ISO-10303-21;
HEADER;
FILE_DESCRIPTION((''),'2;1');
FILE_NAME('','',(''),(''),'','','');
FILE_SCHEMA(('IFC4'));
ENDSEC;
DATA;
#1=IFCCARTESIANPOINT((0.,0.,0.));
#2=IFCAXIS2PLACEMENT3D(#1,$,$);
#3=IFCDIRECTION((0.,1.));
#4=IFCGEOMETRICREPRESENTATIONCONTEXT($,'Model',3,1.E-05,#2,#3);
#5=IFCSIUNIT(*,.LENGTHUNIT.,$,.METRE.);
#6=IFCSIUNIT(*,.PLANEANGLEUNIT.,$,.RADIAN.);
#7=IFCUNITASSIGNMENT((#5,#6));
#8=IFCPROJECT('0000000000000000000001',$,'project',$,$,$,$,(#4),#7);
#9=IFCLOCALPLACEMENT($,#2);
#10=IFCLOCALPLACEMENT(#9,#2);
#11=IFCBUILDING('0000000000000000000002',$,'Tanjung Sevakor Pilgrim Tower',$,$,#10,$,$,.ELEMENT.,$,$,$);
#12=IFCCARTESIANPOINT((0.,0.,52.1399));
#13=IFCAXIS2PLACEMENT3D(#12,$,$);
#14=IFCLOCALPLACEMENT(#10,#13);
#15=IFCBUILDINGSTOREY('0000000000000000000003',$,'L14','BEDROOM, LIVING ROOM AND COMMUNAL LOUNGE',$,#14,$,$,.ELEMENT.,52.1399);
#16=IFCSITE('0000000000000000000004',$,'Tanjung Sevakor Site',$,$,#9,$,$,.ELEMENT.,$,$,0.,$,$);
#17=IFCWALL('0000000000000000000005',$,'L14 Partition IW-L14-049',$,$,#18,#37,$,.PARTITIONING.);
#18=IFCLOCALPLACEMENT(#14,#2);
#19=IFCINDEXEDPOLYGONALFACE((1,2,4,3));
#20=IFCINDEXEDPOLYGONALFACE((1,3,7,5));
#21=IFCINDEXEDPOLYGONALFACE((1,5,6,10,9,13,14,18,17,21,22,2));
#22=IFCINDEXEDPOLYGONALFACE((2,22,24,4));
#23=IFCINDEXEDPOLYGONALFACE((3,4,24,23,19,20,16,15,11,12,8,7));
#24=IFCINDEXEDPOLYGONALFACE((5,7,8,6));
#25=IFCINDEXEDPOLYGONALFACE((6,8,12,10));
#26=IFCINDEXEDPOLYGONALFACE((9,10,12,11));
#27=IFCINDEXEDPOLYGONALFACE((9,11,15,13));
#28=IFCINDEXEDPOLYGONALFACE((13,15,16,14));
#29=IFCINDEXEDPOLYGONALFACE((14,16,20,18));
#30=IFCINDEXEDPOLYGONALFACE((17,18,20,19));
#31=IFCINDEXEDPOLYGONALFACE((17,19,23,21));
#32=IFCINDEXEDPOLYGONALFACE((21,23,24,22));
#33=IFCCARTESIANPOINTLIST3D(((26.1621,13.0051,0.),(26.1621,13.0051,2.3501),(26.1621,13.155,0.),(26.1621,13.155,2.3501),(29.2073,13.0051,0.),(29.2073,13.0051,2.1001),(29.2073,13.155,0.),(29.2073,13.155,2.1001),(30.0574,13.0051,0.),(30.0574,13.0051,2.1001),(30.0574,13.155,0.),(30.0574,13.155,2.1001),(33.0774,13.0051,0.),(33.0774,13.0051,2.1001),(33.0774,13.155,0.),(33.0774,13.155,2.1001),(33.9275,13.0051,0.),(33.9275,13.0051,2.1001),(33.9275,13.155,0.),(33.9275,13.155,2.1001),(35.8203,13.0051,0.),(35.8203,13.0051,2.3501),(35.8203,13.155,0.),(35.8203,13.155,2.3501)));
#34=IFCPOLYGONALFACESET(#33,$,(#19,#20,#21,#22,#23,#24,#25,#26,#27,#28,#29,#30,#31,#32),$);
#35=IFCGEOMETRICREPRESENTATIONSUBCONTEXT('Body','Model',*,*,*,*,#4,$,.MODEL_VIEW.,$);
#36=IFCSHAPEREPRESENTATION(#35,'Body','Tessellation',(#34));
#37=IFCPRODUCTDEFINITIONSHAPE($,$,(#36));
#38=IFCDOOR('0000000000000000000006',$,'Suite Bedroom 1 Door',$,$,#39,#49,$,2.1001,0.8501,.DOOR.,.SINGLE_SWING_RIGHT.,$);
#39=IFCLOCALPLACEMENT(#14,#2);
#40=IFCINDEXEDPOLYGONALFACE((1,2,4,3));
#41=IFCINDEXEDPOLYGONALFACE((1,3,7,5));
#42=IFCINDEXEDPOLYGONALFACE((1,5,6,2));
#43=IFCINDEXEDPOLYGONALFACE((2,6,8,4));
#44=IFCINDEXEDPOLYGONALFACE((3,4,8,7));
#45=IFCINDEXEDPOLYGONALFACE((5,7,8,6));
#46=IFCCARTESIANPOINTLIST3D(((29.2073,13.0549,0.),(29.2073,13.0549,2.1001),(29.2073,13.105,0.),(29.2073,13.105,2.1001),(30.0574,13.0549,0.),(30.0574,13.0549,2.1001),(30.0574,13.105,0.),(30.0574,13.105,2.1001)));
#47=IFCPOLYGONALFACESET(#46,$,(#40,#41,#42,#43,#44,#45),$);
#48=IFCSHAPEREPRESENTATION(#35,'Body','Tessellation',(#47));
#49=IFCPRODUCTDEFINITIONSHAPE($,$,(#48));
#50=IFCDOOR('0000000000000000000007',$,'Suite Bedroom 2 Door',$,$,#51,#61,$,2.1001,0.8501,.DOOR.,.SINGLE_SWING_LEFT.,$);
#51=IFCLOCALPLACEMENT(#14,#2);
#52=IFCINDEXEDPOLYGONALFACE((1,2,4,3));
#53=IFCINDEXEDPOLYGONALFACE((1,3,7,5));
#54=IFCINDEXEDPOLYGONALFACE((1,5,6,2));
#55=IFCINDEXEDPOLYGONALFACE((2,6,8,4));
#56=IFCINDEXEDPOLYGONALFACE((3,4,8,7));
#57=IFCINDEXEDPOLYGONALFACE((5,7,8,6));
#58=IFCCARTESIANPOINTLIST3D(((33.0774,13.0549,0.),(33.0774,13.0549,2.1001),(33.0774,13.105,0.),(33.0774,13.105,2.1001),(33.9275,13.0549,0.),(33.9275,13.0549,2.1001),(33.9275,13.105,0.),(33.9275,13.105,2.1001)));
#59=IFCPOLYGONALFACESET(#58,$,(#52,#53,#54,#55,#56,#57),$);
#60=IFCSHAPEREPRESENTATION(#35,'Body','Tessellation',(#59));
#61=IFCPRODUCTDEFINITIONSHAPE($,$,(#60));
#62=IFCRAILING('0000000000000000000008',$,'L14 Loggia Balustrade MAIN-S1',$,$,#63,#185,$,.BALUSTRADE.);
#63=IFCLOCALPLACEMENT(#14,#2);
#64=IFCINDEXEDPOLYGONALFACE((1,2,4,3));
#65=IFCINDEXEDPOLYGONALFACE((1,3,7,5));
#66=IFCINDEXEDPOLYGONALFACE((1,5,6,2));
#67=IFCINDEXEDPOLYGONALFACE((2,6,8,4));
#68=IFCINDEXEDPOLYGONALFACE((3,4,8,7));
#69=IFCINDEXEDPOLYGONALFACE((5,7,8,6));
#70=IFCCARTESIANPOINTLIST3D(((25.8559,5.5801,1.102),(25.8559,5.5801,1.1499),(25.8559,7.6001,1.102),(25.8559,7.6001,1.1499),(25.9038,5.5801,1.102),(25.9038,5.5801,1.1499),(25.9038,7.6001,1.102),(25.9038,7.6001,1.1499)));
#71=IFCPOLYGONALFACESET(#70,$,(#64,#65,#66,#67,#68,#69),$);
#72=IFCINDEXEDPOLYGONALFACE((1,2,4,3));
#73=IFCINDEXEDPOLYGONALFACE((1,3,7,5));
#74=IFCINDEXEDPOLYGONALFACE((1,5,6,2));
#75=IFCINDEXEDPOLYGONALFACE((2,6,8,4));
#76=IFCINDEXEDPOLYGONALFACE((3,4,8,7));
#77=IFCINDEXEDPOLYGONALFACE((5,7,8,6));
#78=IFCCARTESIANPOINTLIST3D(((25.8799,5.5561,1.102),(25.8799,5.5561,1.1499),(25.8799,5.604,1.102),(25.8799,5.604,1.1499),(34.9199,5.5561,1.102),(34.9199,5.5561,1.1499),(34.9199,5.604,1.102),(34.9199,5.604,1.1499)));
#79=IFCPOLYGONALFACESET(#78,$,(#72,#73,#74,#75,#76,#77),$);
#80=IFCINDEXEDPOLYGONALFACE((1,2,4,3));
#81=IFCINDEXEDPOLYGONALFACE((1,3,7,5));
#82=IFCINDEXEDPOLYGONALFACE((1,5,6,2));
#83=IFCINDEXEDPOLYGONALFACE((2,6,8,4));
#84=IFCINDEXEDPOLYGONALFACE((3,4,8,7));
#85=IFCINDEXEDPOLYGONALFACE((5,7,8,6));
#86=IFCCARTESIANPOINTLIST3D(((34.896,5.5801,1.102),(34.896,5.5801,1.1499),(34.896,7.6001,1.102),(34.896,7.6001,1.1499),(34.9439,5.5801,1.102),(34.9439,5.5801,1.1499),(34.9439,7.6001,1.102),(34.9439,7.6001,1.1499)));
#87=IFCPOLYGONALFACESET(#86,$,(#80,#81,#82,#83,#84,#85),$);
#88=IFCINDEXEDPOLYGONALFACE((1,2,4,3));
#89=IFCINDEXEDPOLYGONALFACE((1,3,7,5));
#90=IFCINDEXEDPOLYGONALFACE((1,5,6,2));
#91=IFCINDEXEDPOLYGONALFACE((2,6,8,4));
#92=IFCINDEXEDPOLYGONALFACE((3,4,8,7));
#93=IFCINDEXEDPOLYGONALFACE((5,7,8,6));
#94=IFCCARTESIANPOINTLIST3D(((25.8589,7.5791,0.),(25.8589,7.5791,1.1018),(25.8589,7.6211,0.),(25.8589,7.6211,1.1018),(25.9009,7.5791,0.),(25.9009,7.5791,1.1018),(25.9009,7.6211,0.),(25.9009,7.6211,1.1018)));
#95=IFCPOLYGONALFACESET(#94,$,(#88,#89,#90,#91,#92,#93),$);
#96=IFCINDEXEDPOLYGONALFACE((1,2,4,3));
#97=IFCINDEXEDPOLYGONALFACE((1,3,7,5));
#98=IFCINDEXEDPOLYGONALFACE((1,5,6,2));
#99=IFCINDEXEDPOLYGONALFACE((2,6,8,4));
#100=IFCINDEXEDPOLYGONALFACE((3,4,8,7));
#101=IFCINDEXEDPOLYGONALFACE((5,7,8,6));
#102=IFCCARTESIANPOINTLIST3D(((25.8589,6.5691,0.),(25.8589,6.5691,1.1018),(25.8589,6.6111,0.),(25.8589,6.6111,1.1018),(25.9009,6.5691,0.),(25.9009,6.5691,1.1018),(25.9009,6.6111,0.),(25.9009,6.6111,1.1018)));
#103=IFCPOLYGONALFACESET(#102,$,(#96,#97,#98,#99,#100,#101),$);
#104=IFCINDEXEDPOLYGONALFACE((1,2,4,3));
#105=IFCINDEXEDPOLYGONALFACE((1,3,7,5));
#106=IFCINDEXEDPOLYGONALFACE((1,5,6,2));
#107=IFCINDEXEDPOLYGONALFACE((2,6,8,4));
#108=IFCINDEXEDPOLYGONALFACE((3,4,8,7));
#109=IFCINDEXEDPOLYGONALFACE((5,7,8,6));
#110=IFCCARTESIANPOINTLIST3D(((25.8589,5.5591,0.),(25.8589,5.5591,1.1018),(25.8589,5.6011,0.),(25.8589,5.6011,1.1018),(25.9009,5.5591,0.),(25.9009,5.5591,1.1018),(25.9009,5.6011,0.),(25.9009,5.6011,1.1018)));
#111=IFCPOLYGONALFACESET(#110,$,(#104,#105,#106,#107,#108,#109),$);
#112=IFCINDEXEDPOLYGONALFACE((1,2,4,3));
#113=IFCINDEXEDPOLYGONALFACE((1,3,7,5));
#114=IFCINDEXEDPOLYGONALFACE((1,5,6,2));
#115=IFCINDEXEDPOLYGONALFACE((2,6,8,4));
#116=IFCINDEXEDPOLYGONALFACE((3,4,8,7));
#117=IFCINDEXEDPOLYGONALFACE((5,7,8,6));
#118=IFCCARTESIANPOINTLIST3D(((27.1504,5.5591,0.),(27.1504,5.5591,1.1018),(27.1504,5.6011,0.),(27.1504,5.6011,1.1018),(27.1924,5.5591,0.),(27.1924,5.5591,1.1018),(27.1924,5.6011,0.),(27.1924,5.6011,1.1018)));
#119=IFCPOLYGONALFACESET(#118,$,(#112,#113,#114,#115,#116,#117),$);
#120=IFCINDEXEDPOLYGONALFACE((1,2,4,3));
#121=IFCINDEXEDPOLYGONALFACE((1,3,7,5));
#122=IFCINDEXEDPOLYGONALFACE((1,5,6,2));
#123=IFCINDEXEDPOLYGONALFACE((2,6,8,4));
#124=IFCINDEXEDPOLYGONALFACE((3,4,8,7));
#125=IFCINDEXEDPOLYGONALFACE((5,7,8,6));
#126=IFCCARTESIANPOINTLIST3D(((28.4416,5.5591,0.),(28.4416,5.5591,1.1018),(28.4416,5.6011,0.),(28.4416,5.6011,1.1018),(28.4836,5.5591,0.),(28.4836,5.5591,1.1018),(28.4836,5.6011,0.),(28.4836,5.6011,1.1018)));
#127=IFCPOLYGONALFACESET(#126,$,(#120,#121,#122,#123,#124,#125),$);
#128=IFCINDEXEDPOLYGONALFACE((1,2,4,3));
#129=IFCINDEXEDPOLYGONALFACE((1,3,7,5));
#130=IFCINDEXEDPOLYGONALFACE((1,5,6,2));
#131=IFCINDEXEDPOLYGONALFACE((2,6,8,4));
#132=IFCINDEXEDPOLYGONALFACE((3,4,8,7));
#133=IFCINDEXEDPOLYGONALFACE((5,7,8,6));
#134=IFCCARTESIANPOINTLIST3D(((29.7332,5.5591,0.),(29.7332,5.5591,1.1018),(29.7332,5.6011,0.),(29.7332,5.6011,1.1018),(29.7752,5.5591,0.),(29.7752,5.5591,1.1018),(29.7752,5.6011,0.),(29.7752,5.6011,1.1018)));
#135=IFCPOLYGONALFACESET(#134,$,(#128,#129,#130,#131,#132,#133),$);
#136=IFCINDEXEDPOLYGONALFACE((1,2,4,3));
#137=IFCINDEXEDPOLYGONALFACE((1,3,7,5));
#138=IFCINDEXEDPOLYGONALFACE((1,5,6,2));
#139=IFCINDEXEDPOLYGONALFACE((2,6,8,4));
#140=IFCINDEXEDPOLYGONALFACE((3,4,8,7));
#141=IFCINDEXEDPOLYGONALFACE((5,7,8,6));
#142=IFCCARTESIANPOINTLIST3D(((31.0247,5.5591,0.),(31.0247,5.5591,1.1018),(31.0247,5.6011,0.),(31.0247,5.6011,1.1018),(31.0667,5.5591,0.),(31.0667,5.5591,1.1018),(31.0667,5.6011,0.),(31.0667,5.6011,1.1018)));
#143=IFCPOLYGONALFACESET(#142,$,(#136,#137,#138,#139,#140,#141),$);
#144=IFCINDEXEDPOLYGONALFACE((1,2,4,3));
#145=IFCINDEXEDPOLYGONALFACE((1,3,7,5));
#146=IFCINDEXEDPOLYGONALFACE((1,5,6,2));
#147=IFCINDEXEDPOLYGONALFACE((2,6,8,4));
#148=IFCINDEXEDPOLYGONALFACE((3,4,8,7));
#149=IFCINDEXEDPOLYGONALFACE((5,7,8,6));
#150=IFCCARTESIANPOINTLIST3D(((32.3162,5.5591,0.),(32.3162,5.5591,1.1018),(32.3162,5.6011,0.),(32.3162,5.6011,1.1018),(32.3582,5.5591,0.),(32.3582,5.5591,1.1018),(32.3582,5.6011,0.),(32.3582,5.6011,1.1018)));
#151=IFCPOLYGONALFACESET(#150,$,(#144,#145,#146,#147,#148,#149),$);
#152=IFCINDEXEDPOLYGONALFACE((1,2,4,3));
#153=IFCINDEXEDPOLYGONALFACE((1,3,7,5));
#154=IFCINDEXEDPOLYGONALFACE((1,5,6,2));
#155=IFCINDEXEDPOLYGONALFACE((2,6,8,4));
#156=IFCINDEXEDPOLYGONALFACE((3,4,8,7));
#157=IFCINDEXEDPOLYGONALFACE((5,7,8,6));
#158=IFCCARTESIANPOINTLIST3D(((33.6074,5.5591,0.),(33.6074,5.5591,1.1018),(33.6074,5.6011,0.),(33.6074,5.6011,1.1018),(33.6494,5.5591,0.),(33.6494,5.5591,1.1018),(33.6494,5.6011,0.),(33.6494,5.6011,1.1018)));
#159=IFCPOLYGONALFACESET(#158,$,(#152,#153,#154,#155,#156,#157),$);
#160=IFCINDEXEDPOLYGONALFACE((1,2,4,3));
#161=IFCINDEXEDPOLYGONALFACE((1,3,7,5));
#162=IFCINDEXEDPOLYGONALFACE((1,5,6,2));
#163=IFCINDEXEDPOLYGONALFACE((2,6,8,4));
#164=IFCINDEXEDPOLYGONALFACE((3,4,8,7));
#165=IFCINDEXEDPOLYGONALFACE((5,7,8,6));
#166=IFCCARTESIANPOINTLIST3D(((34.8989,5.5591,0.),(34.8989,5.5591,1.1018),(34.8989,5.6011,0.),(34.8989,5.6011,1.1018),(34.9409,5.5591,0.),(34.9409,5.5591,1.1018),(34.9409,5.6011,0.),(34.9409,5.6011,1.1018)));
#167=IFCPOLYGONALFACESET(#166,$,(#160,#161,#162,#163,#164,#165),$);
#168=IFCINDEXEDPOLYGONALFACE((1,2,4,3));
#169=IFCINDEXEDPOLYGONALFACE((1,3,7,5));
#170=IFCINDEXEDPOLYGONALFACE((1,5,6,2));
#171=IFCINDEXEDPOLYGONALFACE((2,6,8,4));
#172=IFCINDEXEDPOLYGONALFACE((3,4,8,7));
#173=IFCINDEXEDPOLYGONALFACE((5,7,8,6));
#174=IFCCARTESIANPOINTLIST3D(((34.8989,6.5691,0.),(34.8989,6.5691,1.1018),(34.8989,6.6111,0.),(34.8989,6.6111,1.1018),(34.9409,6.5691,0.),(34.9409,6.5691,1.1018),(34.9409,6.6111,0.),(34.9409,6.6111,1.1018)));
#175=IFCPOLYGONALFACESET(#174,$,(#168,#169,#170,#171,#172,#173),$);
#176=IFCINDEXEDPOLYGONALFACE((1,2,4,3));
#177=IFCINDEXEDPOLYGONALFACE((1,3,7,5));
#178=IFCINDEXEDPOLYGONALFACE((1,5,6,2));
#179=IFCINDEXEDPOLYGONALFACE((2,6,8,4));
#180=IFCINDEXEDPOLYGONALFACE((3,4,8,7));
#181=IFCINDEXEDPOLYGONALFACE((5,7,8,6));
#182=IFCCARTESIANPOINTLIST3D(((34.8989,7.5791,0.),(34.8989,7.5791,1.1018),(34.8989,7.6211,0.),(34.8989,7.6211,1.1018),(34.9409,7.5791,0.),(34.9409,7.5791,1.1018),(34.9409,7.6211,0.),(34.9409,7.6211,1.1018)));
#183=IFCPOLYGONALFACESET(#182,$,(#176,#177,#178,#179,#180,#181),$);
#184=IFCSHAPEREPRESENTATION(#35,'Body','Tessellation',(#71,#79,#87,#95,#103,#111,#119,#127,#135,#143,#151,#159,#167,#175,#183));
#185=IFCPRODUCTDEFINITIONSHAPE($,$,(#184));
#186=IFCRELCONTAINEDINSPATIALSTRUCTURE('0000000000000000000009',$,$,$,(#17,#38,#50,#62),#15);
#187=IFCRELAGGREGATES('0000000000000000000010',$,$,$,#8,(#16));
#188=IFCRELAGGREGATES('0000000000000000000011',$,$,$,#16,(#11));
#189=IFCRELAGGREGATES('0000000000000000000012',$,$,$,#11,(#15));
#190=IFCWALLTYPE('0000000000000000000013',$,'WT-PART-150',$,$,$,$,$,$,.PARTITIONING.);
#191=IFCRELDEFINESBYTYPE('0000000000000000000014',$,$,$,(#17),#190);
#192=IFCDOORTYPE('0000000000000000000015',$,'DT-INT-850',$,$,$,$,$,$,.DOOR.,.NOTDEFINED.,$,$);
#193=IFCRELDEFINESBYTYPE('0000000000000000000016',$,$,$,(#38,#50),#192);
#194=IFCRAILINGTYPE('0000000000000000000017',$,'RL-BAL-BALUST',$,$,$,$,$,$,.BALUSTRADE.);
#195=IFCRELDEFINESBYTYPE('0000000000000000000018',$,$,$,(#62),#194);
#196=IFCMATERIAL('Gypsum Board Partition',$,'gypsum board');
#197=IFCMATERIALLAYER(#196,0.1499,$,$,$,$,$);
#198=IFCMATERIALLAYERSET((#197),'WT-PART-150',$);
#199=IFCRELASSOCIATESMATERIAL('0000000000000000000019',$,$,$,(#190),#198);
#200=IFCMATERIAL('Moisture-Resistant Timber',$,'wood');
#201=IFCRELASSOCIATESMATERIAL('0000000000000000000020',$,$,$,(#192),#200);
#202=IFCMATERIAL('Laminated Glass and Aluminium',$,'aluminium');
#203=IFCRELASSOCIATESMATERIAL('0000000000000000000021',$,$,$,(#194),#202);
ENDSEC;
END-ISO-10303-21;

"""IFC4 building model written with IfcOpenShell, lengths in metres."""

from ifc_helpers import new_model, si_unit, direction, frame, frame_2d, origin, place, context, subcontext, project, spatial, rectangle, extrude, material, layer, layer_set, type_object, element, fill, save


model = new_model("IFC4")

# Units and contexts
model_context = context("Model", 3, precision=1e-05, world=origin(), true_north=direction((0.0, 1.0)))
body_context = subcontext(model_context, "Body", "Model", "MODEL_VIEW")
ifc_project = project(units=[si_unit("LENGTHUNIT", "METRE"), si_unit("PLANEANGLEUNIT", "RADIAN")], contexts=[model_context])

# Site, building, storey
site_placement = place(None, origin())
site = spatial("IfcSite", under=ifc_project, at=site_placement, Name="Tanjung Sevakor Site", CompositionType="ELEMENT", RefElevation=0.0)
building_placement = place(site_placement, origin())
building = spatial("IfcBuilding", under=site, at=building_placement, Name="Tanjung Sevakor Pilgrim Tower", CompositionType="ELEMENT")
storey_placement = place(building_placement, frame((0.0, 0.0, 52.1399)))
storey = spatial("IfcBuildingStorey", under=building, at=storey_placement, Name="L14", Description="BEDROOM, LIVING ROOM AND COMMUNAL LOUNGE", CompositionType="ELEMENT", Elevation=52.1399)

# Wall, openings, doors
ifc_material_1 = material(Name="Gypsum Board Partition", Category="gypsum board")
ifc_layer_1 = layer(ifc_material_1, 0.1499)
ifc_layer_set_1 = layer_set([ifc_layer_1], Name="WT-PART-150")
wall_type_1 = type_object("IfcWallType", Name="WT-PART-150", PredefinedType="PARTITIONING", material=ifc_layer_set_1)
wall_1_placement = place(storey_placement, frame((26.1621, 13.0801, 0.0), z_axis=(0.0, 0.0, 1.0), x_axis=(1.0, 0.0, 0.0)))
wall_1 = element("IfcWall", 1, at=wall_1_placement, inside=storey, type_object=wall_type_1, Name="L14 Partition IW-L14-049", PredefinedType="PARTITIONING", context=body_context, shape_type="SweptSolid", body=[
    extrude(rectangle(XDim=9.6582, YDim=0.1499, at=frame_2d((4.8291, 0.0))), origin(), (0.0, 0.0, 1.0), 2.3501),
])
opening_1_placement = place(wall_1_placement, frame((3.0452, 0.0, 0.0)))
opening_1 = element("IfcOpeningElement", 2, at=opening_1_placement, cuts=wall_1, PredefinedType="OPENING", context=body_context, shape_type="SweptSolid", body=[
    extrude(rectangle(XDim=0.8501, YDim=2.1001, at=frame_2d((0.425, 1.05))), frame((0.0, 0.085, 0.0), z_axis=(0.0, -1.0, 0.0), x_axis=(1.0, 0.0, 0.0)), (0.0, 0.0, 1.0), 0.1699),
])
opening_2_placement = place(wall_1_placement, frame((6.9153, 0.0, 0.0)))
opening_2 = element("IfcOpeningElement", 3, at=opening_2_placement, cuts=wall_1, PredefinedType="OPENING", context=body_context, shape_type="SweptSolid", body=[
    extrude(rectangle(XDim=0.8501, YDim=2.1001, at=frame_2d((0.425, 1.05))), frame((0.0, 0.085, 0.0), z_axis=(0.0, -1.0, 0.0), x_axis=(1.0, 0.0, 0.0)), (0.0, 0.0, 1.0), 0.1699),
])
ifc_material_2 = material(Name="Moisture-Resistant Timber", Category="wood")
door_type_1 = type_object("IfcDoorType", Name="DT-INT-850", OperationType="NOTDEFINED", PredefinedType="DOOR", material=ifc_material_2)
door_1_placement = place(opening_1_placement, origin())
door_1 = element("IfcDoor", 4, at=door_1_placement, inside=storey, type_object=door_type_1, Name="Suite Bedroom 1 Door", OperationType="SINGLE_SWING_RIGHT", OverallHeight=2.1001, OverallWidth=0.8501, PredefinedType="DOOR", context=body_context, shape_type="SweptSolid", body=[
    extrude(rectangle(XDim=0.8501, YDim=2.1001, at=frame_2d((0.425, 1.05))), frame((0.0, 0.0249, 0.0), z_axis=(0.0, -1.0, 0.0), x_axis=(1.0, 0.0, 0.0)), (0.0, 0.0, 1.0), 0.05),
])
fill(opening_1, door_1)
door_2_placement = place(opening_2_placement, origin())
door_2 = element("IfcDoor", 5, at=door_2_placement, inside=storey, type_object=door_type_1, Name="Suite Bedroom 2 Door", OperationType="SINGLE_SWING_LEFT", OverallHeight=2.1001, OverallWidth=0.8501, PredefinedType="DOOR", context=body_context, shape_type="SweptSolid", body=[
    extrude(rectangle(XDim=0.8501, YDim=2.1001, at=frame_2d((0.425, 1.05))), frame((0.0, 0.0249, 0.0), z_axis=(0.0, -1.0, 0.0), x_axis=(1.0, 0.0, 0.0)), (0.0, 0.0, 1.0), 0.05),
])
fill(opening_2, door_2)

# Railing
ifc_material_3 = material(Name="Laminated Glass and Aluminium", Category="aluminium")
railing_type = type_object("IfcRailingType", Name="RL-BAL-BALUST", PredefinedType="BALUSTRADE", material=ifc_material_3)
railing_placement = place(storey_placement, frame((25.8799, 7.6001, 0.0)))
element("IfcRailing", 6, at=railing_placement, inside=storey, type_object=railing_type, Name="L14 Loggia Balustrade MAIN-S1", PredefinedType="BALUSTRADE", context=body_context, shape_type="SweptSolid", body=[
    extrude(rectangle(XDim=0.0479, YDim=0.0479), frame((0.0, 0.0, 1.126), z_axis=(0.0, -1.0, 0.0), x_axis=(1.0, 0.0, 0.0)), (0.0, 0.0, 1.0), 2.02),
    extrude(rectangle(XDim=0.0479, YDim=0.0479), frame((0.0, -2.02, 1.126), z_axis=(1.0, 0.0, 0.0), x_axis=(0.0, 1.0, 0.0)), (0.0, 0.0, 1.0), 9.04),
    extrude(rectangle(XDim=0.0479, YDim=0.0479), frame((9.04, -2.02, 1.126), z_axis=(0.0, 1.0, 0.0), x_axis=(-1.0, 0.0, 0.0)), (0.0, 0.0, 1.0), 2.02),
    extrude(rectangle(XDim=0.042, YDim=0.042), origin(), (0.0, 0.0, 1.0), 1.1018),
    extrude(rectangle(XDim=0.042, YDim=0.042), frame((0.0, -1.01, 0.0)), (0.0, 0.0, 1.0), 1.1018),
    extrude(rectangle(XDim=0.042, YDim=0.042), frame((0.0, -2.02, 0.0)), (0.0, 0.0, 1.0), 1.1018),
    extrude(rectangle(XDim=0.042, YDim=0.042), frame((1.2915, -2.02, 0.0)), (0.0, 0.0, 1.0), 1.1018),
    extrude(rectangle(XDim=0.042, YDim=0.042), frame((2.5828, -2.02, 0.0)), (0.0, 0.0, 1.0), 1.1018),
    extrude(rectangle(XDim=0.042, YDim=0.042), frame((3.8743, -2.02, 0.0)), (0.0, 0.0, 1.0), 1.1018),
    extrude(rectangle(XDim=0.042, YDim=0.042), frame((5.1658, -2.02, 0.0)), (0.0, 0.0, 1.0), 1.1018),
    extrude(rectangle(XDim=0.042, YDim=0.042), frame((6.4573, -2.02, 0.0)), (0.0, 0.0, 1.0), 1.1018),
    extrude(rectangle(XDim=0.042, YDim=0.042), frame((7.7485, -2.02, 0.0)), (0.0, 0.0, 1.0), 1.1018),
    extrude(rectangle(XDim=0.042, YDim=0.042), frame((9.04, -2.02, 0.0)), (0.0, 0.0, 1.0), 1.1018),
    extrude(rectangle(XDim=0.042, YDim=0.042), frame((9.04, -1.01, 0.0)), (0.0, 0.0, 1.0), 1.1018),
    extrude(rectangle(XDim=0.042, YDim=0.042), frame((9.04, 0.0, 0.0)), (0.0, 0.0, 1.0), 1.1018),
])

save(model, "model.ifc")
